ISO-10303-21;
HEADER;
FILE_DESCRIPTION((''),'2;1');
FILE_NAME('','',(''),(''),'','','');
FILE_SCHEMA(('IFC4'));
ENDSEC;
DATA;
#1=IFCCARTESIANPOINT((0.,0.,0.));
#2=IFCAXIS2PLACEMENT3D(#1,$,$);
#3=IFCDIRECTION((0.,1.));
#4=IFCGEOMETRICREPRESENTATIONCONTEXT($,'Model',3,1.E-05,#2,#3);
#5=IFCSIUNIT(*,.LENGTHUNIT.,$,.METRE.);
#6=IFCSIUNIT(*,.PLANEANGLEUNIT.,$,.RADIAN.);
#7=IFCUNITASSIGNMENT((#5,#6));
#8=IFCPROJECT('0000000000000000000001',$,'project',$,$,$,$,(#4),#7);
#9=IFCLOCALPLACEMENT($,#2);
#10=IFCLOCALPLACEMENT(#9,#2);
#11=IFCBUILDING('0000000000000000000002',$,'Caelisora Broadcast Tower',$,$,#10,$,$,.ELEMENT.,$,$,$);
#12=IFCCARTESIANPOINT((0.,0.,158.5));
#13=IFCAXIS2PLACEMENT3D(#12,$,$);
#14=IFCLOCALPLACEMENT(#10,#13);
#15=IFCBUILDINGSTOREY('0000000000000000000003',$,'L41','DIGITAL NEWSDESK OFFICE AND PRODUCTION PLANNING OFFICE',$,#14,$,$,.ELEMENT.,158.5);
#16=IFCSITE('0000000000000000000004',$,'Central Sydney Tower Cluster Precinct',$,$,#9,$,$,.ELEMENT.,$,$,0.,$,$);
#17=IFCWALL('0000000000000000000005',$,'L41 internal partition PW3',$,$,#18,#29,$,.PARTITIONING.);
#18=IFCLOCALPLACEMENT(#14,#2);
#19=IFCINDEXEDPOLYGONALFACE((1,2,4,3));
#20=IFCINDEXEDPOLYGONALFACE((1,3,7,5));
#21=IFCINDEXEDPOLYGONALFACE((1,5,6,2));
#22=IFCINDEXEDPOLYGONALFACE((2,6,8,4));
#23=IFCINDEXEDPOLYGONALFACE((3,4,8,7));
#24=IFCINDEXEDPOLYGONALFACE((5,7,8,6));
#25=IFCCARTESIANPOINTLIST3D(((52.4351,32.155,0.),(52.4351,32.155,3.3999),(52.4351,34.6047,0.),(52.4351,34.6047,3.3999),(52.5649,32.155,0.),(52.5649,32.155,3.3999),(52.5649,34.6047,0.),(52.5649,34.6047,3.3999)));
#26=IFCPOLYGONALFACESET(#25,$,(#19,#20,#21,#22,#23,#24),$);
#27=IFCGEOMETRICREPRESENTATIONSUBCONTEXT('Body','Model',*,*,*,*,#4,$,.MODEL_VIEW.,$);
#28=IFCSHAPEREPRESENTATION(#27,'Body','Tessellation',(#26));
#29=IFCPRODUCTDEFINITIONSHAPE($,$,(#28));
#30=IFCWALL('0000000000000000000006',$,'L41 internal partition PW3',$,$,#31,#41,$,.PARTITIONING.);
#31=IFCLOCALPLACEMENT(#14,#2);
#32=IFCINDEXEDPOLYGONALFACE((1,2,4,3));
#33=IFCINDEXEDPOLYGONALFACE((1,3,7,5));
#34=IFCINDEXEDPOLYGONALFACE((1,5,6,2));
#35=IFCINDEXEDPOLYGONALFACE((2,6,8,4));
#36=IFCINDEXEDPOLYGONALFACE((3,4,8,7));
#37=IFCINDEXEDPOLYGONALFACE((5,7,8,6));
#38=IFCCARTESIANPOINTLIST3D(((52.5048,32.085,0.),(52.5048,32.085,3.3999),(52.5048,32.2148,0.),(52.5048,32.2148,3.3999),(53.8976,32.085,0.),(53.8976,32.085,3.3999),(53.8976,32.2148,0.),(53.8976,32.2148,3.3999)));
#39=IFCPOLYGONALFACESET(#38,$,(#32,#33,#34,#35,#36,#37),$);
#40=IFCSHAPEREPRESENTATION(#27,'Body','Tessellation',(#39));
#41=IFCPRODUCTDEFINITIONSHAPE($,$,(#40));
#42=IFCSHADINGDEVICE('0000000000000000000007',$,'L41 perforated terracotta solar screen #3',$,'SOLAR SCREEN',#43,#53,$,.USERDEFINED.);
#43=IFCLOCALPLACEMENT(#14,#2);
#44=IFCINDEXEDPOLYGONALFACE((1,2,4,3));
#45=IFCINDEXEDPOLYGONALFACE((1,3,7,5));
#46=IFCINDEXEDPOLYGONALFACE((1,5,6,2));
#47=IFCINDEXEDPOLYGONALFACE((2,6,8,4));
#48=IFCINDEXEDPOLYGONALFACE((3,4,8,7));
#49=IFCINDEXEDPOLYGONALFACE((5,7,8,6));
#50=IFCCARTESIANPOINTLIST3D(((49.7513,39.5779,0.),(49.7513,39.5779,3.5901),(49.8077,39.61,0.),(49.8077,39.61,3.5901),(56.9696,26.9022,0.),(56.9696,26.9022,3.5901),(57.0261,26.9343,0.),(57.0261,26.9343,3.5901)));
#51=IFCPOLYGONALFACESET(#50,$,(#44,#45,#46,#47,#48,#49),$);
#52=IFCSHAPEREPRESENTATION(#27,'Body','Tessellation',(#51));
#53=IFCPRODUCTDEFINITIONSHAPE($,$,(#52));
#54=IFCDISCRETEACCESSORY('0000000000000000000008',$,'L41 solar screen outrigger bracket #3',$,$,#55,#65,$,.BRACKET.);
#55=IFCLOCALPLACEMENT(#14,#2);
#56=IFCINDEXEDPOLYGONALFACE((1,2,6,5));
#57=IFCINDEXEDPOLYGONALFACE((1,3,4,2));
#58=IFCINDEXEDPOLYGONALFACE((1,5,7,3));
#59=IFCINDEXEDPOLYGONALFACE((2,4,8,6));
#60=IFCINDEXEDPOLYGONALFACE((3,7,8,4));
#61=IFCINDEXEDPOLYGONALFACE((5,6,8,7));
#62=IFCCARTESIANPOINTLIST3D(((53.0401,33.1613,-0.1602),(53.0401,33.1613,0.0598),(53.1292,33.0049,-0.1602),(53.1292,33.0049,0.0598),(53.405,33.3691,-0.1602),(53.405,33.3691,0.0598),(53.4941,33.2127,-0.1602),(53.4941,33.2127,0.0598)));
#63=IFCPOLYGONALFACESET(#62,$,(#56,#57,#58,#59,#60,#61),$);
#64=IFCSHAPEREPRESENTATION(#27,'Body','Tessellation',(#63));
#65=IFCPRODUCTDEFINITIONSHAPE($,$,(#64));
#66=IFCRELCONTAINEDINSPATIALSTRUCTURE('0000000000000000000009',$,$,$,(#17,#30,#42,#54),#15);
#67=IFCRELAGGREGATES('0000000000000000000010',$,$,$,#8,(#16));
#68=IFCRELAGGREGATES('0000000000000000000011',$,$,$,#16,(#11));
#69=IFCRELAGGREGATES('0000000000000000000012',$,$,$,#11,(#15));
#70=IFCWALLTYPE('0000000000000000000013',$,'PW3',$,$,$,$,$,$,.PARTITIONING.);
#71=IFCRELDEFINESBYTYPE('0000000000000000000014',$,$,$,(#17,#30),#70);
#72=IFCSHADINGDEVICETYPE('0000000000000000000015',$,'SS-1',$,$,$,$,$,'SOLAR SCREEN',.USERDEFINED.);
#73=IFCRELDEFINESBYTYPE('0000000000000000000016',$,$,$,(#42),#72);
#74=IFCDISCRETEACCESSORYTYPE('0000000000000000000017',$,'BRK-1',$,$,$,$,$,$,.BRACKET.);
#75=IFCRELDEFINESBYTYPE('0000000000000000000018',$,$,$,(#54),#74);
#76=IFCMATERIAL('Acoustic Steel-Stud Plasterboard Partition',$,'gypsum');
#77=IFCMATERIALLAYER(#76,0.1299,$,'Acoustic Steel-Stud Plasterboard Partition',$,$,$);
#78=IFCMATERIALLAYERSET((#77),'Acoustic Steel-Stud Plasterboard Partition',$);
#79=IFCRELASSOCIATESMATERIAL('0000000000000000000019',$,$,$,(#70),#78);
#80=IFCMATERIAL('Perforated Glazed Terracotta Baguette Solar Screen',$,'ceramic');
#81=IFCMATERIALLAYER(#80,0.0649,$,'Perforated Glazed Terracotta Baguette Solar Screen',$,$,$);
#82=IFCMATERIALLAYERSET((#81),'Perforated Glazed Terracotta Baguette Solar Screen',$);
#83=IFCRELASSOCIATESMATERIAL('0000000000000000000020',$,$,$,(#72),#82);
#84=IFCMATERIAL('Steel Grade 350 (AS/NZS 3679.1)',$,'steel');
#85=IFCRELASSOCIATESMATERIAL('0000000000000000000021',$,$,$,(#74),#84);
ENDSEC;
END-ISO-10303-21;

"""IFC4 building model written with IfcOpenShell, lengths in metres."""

from ifc_helpers import new_model, si_unit, direction, frame, frame_2d, origin, origin_2d, place, context, subcontext, project, spatial, rectangle, extrude, source, transform, mapped, material, layer, layer_set, type_object, type_shapes, element, save


model = new_model("IFC4")

# Units and contexts
model_context = context("Model", 3, precision=1e-05, world=origin(), true_north=direction((0.0, 1.0)))
body_context = subcontext(model_context, "Body", "Model", "MODEL_VIEW")
ifc_project = project(units=[si_unit("LENGTHUNIT", "METRE"), si_unit("PLANEANGLEUNIT", "RADIAN")], contexts=[model_context])

# Site, building, storey
site_placement = place(None, origin())
site = spatial("IfcSite", under=ifc_project, at=site_placement, Name="Central Sydney Tower Cluster Precinct", CompositionType="ELEMENT", RefElevation=0.0)
building_placement = place(site_placement, origin())
building = spatial("IfcBuilding", under=site, at=building_placement, Name="Caelisora Broadcast Tower", CompositionType="ELEMENT")
storey_placement = place(building_placement, frame((0.0, 0.0, 158.5)))
storey = spatial("IfcBuildingStorey", under=building, at=storey_placement, Name="L41", Description="DIGITAL NEWSDESK OFFICE AND PRODUCTION PLANNING OFFICE", CompositionType="ELEMENT", Elevation=158.5)

# Shared definitions
ifc_material_1 = material(Name="Steel Grade 350 (AS/NZS 3679.1)", Category="steel")

# Shared definitions
ifc_material_2 = material(Name="Acoustic Steel-Stud Plasterboard Partition", Category="gypsum")
ifc_layer_1 = layer(ifc_material_2, 0.1299, Name="Acoustic Steel-Stud Plasterboard Partition")
ifc_layer_set_1 = layer_set([ifc_layer_1], Name="Acoustic Steel-Stud Plasterboard Partition")
wall_type = type_object("IfcWallType", Name="PW3", PredefinedType="PARTITIONING", material=ifc_layer_set_1)

# Walls
wall_1_placement = place(storey_placement, frame((52.5, 34.6047, 0.0), z_axis=(0.0, 0.0, 1.0), x_axis=(0.0, -1.0, 0.0)))
element("IfcWall", 1, at=wall_1_placement, inside=storey, type_object=wall_type, Name="L41 internal partition PW3", PredefinedType="PARTITIONING", context=body_context, shape_type="SweptSolid", body=[
    extrude(rectangle(XDim=2.4497, YDim=0.1299, at=frame_2d((1.2249, 0.0))), origin(), (0.0, 0.0, 1.0), 3.3999),
])
wall_2_placement = place(storey_placement, frame((52.5049, 32.1499, 0.0), z_axis=(0.0, 0.0, 1.0), x_axis=(1.0, 0.0, 0.0)))
element("IfcWall", 2, at=wall_2_placement, inside=storey, type_object=wall_type, Name="L41 internal partition PW3", PredefinedType="PARTITIONING", context=body_context, shape_type="SweptSolid", body=[
    extrude(rectangle(XDim=1.3928, YDim=0.1299, at=frame_2d((0.6963, 0.0))), origin(), (0.0, 0.0, 1.0), 3.3999),
])

# Shading device
ifc_material_3 = material(Name="Perforated Glazed Terracotta Baguette Solar Screen", Category="ceramic")
ifc_layer_2 = layer(ifc_material_3, 0.0649, Name="Perforated Glazed Terracotta Baguette Solar Screen")
ifc_layer_set_2 = layer_set([ifc_layer_2], Name="Perforated Glazed Terracotta Baguette Solar Screen")
shading_device_type = type_object("IfcShadingDeviceType", Name="SS-1", ElementType="SOLAR SCREEN", PredefinedType="USERDEFINED", material=ifc_layer_set_2)
shared_shape_1 = source(origin(), body_context, "Body", "SweptSolid", [
    extrude(rectangle(XDim=14.5869, YDim=0.0649, at=origin_2d()), origin(), (0.0, 0.0, 1.0), 3.5901),
])
type_shapes(shading_device_type, [shared_shape_1])
shading_device_placement = place(storey_placement, frame((53.3887, 33.2561, 0.0), z_axis=(0.0, 0.0, 1.0), x_axis=(-0.494852, 0.868977, 0.0)))
element("IfcShadingDevice", 3, at=shading_device_placement, inside=storey, type_object=shading_device_type, Name="L41 perforated terracotta solar screen #3", ObjectType="SOLAR SCREEN", PredefinedType="USERDEFINED", context=body_context, shape_type="MappedRepresentation", body=[
    mapped(shared_shape_1, transform((0.0, 0.0, 0.0), scale=1.0)),
])

# Discrete accessory
discrete_accessory_type = type_object("IfcDiscreteAccessoryType", Name="BRK-1", PredefinedType="BRACKET", material=ifc_material_1)
shared_shape_2 = source(origin(), body_context, "Body", "SweptSolid", [
    extrude(rectangle(XDim=0.1799, YDim=0.4199, at=origin_2d()), origin(), (0.0, 0.0, 1.0), 0.22),
])
type_shapes(discrete_accessory_type, [shared_shape_2])
discrete_accessory_placement = place(storey_placement, frame((53.2671, 33.187, -0.1602), z_axis=(0.0, 0.0, 1.0), x_axis=(-0.494852, 0.868977, 0.0)))
element("IfcDiscreteAccessory", 4, at=discrete_accessory_placement, inside=storey, type_object=discrete_accessory_type, Name="L41 solar screen outrigger bracket #3", PredefinedType="BRACKET", context=body_context, shape_type="MappedRepresentation", body=[
    mapped(shared_shape_2, transform((0.0, 0.0, 0.0), scale=1.0)),
])

save(model, "model.ifc")
